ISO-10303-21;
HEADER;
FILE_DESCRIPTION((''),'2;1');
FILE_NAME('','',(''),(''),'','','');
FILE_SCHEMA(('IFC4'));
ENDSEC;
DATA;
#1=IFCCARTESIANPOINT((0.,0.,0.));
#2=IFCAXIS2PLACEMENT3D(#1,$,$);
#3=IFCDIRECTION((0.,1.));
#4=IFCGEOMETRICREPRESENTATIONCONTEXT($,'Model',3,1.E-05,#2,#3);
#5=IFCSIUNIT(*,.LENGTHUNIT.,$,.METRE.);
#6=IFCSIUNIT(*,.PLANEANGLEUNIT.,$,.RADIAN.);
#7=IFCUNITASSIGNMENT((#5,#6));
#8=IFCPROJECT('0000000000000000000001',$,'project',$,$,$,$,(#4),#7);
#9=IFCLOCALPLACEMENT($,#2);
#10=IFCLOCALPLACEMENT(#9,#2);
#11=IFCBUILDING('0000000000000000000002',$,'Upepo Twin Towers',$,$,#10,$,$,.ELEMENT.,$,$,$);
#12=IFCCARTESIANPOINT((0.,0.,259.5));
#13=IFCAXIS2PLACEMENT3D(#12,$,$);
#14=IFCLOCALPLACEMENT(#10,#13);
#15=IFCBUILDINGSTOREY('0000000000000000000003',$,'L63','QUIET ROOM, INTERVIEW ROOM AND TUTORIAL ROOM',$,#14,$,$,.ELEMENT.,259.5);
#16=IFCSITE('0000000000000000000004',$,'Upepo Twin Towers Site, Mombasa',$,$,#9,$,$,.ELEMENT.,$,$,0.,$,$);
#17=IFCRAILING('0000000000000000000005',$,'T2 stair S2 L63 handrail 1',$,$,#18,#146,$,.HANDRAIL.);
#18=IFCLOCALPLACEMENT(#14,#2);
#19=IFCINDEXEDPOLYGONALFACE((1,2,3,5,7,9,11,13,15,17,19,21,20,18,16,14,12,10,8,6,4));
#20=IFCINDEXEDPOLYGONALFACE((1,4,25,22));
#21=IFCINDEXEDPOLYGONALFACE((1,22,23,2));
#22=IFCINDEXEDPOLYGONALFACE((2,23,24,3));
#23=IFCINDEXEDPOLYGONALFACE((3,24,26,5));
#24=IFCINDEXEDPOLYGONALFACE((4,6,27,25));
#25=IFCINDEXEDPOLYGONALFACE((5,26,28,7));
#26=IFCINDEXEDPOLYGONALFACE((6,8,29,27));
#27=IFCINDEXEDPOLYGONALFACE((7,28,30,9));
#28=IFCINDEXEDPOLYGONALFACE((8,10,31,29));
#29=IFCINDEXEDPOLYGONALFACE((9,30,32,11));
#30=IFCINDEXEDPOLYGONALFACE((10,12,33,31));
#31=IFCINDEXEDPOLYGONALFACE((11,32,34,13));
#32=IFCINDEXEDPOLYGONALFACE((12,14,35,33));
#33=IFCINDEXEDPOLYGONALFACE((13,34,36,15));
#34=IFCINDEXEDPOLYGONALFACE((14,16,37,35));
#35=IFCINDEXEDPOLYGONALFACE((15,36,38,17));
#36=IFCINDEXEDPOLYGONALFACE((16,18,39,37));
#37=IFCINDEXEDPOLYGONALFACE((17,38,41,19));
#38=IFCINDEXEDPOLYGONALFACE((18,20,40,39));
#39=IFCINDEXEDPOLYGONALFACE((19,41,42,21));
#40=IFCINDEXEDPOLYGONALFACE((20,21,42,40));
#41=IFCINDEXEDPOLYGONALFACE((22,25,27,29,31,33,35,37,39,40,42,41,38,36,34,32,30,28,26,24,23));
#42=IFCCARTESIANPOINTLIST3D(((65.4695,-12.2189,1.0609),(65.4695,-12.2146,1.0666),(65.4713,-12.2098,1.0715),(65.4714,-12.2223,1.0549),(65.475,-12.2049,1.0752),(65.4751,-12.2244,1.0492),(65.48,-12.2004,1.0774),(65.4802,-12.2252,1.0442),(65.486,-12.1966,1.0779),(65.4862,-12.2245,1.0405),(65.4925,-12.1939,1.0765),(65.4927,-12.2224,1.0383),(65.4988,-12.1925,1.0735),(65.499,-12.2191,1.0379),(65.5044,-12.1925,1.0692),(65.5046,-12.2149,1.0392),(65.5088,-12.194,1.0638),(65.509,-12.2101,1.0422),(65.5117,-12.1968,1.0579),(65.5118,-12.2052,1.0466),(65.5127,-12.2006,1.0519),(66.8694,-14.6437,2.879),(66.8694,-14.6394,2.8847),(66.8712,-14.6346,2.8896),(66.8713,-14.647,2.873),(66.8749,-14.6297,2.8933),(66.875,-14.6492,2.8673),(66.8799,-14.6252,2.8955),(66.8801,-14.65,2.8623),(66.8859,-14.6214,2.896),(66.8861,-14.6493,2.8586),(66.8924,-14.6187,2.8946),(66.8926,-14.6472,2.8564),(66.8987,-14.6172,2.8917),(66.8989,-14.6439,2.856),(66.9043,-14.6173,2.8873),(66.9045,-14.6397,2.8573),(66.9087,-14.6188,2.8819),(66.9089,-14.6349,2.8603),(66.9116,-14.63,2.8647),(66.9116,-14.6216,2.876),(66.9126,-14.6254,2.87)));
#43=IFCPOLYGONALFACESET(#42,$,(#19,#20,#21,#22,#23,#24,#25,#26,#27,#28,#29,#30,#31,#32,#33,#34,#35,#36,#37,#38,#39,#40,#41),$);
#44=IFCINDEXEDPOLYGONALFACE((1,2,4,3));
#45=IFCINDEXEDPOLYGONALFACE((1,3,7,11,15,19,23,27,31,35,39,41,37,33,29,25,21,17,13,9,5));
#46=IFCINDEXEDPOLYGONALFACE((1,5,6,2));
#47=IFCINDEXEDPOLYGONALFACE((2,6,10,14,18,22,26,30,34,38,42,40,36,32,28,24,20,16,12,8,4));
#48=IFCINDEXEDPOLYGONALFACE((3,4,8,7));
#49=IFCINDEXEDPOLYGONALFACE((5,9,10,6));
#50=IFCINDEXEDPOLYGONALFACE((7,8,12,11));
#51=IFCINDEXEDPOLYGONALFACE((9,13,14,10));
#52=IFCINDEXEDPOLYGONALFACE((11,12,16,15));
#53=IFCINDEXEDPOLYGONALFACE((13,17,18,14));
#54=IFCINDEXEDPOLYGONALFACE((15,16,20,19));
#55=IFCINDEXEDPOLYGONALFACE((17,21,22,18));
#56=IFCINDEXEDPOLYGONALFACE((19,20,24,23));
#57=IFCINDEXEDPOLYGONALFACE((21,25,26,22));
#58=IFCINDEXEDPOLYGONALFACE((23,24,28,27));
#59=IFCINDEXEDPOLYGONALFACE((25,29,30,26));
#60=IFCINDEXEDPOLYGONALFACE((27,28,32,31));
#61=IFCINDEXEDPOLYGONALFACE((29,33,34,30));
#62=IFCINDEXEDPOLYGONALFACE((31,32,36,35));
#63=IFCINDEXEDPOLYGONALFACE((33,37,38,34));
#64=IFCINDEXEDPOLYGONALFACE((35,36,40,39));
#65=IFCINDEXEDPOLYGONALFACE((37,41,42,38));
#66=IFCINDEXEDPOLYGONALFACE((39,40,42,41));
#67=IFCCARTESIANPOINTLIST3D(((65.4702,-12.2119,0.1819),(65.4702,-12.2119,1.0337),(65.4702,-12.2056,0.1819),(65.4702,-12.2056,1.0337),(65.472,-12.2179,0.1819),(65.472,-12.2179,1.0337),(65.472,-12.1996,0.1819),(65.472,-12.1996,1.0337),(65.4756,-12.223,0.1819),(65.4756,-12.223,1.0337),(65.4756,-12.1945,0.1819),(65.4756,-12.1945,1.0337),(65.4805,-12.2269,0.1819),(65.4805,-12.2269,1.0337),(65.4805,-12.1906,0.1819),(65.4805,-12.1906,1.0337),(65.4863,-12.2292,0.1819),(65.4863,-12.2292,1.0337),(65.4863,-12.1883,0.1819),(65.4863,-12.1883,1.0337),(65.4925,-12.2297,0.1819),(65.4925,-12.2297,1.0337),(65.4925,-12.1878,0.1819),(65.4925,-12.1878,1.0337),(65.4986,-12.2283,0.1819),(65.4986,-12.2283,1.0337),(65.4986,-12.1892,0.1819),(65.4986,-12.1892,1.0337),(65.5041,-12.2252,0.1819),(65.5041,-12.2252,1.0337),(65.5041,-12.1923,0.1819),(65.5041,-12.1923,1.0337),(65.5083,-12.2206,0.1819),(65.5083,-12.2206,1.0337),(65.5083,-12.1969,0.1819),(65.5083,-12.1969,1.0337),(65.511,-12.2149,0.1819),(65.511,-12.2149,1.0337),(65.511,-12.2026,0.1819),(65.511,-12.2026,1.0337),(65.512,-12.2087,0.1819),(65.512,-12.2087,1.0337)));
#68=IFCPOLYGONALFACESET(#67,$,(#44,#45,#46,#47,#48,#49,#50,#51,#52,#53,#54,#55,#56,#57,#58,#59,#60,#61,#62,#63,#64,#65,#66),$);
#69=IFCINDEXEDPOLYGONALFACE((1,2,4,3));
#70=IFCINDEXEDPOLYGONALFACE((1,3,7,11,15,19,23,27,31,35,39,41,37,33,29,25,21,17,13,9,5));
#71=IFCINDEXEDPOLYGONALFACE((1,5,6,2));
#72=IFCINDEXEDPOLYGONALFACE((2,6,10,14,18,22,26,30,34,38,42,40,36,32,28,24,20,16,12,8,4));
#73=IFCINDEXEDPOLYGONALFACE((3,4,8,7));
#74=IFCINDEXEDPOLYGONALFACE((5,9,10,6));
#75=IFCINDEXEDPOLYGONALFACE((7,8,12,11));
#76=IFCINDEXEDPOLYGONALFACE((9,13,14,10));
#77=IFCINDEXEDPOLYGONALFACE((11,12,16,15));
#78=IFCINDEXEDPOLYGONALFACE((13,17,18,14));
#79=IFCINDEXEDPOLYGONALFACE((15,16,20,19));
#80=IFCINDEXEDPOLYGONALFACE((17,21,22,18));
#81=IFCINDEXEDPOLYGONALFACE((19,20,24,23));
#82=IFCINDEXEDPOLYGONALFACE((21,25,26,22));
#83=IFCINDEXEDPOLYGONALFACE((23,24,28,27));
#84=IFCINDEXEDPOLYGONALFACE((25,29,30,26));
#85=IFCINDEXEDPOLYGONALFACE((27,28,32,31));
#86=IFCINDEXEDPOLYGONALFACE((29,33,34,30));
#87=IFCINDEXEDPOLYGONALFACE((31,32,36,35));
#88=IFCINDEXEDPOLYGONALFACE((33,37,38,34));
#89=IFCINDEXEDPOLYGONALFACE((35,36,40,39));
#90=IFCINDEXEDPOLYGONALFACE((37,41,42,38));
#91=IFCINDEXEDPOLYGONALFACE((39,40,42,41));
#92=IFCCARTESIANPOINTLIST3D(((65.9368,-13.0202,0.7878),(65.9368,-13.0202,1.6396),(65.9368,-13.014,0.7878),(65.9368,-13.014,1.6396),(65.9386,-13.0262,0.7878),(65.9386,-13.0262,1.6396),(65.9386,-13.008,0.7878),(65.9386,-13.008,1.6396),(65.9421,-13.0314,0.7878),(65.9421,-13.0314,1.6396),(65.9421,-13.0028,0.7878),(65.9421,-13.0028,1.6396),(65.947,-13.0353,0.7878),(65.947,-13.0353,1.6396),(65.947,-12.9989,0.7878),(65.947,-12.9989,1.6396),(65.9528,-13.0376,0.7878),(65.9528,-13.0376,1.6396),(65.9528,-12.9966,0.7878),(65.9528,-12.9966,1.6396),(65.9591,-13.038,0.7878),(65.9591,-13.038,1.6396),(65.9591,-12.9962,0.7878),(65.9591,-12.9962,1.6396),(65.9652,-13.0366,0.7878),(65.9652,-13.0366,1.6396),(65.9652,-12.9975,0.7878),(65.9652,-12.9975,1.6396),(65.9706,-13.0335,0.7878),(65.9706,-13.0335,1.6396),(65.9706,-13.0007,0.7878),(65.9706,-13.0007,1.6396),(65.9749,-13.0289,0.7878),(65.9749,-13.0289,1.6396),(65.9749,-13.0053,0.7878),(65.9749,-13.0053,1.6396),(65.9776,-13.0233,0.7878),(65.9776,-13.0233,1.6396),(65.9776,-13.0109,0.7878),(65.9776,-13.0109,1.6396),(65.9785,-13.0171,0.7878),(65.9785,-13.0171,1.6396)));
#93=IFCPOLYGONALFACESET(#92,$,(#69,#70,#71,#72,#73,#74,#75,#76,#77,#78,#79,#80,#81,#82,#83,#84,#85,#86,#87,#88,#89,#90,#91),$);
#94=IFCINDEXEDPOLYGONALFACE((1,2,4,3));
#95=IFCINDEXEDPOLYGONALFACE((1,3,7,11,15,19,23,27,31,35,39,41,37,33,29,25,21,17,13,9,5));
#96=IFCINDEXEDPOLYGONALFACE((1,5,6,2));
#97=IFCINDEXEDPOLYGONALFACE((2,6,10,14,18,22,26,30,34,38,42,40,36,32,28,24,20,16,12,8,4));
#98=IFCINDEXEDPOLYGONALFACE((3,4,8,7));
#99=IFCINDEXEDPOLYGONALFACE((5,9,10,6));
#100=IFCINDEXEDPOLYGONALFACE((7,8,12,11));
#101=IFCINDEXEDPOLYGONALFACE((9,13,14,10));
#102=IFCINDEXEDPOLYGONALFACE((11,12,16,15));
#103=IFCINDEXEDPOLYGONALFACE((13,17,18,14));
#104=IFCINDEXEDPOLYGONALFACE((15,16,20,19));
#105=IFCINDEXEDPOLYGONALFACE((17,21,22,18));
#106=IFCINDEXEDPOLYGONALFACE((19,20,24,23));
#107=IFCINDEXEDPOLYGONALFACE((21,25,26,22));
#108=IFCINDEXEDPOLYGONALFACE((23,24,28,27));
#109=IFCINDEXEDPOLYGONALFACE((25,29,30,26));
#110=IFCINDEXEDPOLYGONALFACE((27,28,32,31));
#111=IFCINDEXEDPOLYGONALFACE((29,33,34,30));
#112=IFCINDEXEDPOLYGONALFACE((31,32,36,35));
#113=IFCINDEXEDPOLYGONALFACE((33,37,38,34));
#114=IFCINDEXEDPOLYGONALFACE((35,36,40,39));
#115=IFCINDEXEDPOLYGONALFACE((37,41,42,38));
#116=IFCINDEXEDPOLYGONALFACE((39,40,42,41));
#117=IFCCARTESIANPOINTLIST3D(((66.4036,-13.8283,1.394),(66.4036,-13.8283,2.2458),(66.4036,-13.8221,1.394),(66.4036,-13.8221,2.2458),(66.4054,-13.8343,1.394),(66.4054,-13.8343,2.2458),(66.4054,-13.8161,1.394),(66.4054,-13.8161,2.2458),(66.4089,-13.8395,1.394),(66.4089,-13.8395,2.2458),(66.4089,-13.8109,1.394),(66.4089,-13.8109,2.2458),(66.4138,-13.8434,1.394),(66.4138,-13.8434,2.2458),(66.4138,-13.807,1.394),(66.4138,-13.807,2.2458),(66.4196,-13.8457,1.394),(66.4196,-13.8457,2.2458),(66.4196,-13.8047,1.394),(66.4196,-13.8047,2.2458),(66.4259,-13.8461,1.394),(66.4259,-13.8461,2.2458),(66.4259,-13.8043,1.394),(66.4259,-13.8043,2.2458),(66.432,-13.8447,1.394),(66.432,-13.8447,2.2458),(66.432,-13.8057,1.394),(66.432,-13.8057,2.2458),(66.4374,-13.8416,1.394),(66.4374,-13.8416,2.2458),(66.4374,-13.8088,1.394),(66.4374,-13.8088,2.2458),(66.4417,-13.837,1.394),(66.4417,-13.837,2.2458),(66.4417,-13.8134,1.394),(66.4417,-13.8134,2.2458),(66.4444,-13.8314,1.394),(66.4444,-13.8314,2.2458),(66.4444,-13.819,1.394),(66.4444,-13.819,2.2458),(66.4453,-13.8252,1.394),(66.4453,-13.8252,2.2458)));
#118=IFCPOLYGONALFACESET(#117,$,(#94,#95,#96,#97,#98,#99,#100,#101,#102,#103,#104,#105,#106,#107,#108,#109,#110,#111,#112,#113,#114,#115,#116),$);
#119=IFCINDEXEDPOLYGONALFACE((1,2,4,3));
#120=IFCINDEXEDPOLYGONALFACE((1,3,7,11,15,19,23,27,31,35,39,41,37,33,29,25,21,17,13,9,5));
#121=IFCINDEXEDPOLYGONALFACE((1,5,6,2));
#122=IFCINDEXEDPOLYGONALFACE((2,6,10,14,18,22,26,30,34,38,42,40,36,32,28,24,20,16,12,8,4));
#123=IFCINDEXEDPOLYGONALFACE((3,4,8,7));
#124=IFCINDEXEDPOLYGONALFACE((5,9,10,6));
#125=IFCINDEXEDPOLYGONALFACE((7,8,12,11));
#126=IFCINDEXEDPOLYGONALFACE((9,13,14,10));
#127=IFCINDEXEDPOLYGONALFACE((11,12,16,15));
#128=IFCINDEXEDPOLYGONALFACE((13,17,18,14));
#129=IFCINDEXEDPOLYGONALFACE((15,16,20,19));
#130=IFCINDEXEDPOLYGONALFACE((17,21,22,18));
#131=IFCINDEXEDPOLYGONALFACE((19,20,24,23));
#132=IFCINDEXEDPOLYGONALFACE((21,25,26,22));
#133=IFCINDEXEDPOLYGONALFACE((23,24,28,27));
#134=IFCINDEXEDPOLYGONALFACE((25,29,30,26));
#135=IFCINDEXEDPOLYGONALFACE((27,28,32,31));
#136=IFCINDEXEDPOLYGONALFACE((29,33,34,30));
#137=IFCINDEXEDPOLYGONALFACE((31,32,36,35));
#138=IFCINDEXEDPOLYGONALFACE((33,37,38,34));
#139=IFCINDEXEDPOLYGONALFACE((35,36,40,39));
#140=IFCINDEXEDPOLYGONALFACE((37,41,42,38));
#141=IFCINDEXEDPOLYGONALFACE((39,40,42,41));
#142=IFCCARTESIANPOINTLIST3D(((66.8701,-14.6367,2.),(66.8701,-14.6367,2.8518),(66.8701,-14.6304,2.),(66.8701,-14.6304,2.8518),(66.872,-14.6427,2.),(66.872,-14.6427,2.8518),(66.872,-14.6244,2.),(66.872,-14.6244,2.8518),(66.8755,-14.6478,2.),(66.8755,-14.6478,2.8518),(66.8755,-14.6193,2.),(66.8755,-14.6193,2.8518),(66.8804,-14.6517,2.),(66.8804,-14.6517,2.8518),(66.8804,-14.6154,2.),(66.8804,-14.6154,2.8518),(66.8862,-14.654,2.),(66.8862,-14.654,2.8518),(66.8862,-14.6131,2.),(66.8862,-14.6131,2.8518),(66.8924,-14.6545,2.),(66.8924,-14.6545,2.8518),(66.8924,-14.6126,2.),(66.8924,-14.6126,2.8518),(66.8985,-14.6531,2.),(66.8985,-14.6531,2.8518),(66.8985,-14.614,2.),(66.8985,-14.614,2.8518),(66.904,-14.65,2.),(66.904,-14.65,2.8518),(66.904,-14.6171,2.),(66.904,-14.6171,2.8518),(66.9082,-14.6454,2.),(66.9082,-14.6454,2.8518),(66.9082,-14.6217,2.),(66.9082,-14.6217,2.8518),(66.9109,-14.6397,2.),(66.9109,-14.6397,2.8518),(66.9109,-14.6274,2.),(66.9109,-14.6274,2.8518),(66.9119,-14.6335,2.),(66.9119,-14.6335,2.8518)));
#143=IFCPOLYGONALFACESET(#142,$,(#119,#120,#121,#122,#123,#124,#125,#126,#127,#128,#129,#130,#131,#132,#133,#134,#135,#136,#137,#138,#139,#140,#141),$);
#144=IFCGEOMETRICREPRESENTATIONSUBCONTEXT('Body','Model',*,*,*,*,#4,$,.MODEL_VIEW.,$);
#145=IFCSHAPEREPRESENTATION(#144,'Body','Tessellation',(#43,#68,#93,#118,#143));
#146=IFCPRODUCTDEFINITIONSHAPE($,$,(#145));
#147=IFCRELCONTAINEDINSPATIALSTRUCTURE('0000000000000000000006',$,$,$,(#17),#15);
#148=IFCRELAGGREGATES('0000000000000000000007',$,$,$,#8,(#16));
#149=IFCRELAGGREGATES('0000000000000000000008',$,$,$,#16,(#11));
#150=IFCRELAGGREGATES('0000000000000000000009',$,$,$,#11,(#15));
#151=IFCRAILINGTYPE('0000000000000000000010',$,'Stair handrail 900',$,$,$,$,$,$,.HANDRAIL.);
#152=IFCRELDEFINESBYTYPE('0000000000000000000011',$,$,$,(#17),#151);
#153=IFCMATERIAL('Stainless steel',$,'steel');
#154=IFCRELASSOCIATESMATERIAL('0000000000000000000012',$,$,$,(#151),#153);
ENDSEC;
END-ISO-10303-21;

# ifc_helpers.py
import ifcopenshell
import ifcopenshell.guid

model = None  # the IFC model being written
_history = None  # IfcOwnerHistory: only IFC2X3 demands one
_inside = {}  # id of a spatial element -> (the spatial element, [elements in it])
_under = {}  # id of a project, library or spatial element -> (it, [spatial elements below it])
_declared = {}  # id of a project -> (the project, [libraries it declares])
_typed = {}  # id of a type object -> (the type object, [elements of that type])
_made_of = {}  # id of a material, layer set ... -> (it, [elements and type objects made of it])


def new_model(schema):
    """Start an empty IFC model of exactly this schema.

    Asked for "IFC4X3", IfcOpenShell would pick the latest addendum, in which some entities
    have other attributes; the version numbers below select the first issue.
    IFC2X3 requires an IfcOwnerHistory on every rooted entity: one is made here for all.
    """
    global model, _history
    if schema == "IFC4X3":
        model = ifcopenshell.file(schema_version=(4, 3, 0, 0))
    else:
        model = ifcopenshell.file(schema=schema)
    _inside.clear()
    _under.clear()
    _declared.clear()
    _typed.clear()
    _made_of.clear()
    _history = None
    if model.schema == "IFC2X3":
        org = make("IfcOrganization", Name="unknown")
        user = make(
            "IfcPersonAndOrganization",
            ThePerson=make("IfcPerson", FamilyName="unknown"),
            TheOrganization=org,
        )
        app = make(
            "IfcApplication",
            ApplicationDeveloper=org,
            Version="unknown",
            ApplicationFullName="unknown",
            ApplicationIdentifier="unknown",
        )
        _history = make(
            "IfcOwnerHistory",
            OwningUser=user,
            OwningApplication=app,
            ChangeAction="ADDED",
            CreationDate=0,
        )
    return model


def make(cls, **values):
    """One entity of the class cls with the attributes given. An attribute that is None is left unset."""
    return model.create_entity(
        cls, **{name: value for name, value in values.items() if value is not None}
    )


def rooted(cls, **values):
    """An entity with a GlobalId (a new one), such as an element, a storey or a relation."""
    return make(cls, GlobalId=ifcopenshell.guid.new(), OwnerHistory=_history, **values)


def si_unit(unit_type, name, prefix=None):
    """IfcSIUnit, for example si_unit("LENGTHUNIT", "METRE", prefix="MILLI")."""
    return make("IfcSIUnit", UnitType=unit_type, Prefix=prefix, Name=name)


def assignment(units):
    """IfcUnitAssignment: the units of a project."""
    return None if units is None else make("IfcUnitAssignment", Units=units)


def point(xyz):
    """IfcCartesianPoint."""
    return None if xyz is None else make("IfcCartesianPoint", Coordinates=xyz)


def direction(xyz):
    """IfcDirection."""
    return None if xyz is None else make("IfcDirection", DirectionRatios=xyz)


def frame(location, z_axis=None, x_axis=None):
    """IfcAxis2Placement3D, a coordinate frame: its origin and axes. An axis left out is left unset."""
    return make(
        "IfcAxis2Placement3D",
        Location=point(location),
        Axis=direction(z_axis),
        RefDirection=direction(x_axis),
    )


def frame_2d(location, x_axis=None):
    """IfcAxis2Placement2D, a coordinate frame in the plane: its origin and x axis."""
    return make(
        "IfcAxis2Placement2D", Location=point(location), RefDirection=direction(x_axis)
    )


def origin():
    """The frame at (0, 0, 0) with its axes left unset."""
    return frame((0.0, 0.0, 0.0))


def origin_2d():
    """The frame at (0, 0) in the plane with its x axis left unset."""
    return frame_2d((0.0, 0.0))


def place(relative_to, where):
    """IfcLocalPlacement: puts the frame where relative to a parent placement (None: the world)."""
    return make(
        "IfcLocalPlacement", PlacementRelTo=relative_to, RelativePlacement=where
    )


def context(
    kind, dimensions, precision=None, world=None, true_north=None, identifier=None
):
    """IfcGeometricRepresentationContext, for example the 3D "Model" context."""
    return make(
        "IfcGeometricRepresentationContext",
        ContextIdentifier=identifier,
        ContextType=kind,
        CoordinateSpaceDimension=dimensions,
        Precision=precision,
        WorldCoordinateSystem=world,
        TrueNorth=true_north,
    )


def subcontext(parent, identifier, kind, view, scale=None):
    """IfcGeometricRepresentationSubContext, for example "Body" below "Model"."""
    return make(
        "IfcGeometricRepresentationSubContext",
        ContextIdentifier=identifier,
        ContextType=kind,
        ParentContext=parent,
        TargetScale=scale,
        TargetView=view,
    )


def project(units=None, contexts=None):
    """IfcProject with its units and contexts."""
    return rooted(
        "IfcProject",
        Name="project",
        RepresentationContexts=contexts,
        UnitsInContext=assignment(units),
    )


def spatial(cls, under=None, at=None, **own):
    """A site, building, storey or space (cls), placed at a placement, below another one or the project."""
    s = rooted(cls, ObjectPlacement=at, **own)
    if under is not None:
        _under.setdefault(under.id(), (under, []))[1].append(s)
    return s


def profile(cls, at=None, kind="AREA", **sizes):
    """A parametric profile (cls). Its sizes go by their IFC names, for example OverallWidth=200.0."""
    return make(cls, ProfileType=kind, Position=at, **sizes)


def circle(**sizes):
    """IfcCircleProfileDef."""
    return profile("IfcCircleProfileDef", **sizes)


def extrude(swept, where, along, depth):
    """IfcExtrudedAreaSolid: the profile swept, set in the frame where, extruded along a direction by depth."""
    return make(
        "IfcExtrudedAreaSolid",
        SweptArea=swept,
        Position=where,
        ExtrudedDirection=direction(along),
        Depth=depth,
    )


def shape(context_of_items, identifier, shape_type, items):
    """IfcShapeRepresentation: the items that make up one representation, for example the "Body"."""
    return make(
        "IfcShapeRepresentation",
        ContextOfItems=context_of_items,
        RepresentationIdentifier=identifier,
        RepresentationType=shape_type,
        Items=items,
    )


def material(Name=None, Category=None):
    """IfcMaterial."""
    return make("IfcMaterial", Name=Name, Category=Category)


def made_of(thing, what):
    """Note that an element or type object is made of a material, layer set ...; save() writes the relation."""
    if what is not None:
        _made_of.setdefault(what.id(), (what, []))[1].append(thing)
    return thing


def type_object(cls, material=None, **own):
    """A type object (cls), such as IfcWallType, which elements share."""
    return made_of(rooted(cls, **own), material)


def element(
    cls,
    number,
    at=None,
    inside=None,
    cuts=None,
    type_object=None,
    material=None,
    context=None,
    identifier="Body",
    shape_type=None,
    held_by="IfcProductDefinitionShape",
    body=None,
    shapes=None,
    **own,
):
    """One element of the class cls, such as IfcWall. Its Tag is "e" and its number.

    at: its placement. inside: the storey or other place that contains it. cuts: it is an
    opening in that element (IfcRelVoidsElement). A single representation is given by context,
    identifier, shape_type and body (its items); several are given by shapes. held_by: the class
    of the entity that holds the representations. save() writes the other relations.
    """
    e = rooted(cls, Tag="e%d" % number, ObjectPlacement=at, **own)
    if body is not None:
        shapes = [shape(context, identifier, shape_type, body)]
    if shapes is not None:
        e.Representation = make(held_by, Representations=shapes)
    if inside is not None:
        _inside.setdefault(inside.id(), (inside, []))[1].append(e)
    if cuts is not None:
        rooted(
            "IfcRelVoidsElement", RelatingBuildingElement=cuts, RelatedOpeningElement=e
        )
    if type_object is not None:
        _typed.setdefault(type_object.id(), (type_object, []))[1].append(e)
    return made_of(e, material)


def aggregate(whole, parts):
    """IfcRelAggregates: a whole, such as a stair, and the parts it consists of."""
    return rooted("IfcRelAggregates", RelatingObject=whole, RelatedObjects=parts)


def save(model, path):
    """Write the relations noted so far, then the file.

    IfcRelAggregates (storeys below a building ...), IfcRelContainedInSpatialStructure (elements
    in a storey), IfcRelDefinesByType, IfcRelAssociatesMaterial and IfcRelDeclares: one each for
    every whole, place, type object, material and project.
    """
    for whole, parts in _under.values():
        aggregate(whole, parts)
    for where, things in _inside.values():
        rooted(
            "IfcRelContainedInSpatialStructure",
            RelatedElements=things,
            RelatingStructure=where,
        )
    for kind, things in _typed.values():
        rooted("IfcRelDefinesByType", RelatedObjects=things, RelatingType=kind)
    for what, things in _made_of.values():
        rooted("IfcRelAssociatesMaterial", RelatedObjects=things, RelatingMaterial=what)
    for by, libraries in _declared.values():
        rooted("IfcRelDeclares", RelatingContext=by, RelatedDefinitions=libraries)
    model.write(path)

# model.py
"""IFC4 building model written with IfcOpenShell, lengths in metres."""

from ifc_helpers import new_model, si_unit, direction, frame, origin, origin_2d, place, context, subcontext, project, spatial, circle, extrude, material, type_object, element, save


model = new_model("IFC4")

# Units and contexts
model_context = context("Model", 3, precision=1e-05, world=origin(), true_north=direction((0.0, 1.0)))
body_context = subcontext(model_context, "Body", "Model", "MODEL_VIEW")
ifc_project = project(units=[si_unit("LENGTHUNIT", "METRE"), si_unit("PLANEANGLEUNIT", "RADIAN")], contexts=[model_context])

# Site, building, storey
site_placement = place(None, origin())
site = spatial("IfcSite", under=ifc_project, at=site_placement, Name="Upepo Twin Towers Site, Mombasa", CompositionType="ELEMENT", RefElevation=0.0)
building_placement = place(site_placement, origin())
building = spatial("IfcBuilding", under=site, at=building_placement, Name="Upepo Twin Towers", CompositionType="ELEMENT")
storey_placement = place(building_placement, frame((0.0, 0.0, 259.5)))
storey = spatial("IfcBuildingStorey", under=building, at=storey_placement, Name="L63", Description="QUIET ROOM, INTERVIEW ROOM AND TUTORIAL ROOM", CompositionType="ELEMENT", Elevation=259.5)

# Railing
ifc_material_1 = material(Name="Stainless steel", Category="steel")
railing_type = type_object("IfcRailingType", Name="Stair handrail 900", PredefinedType="HANDRAIL", material=ifc_material_1)
railing_1_placement = place(storey_placement, frame((65.491, -12.2087, 0.1819)))
element("IfcRailing", 1, at=railing_1_placement, inside=storey, type_object=railing_type, Name="T2 stair S2 L63 handrail 1", PredefinedType="HANDRAIL", context=body_context, shape_type="SweptSolid", body=[
    extrude(circle(Radius=0.0239, at=origin_2d()), frame((0.0, 0.0, 0.876), z_axis=(0.419333, -0.726336, 0.544606), x_axis=(0.866035, 0.499984, 0.0)), (0.0, 0.0, 1.0), 3.3384),
    extrude(circle(Radius=0.021, at=origin_2d()), origin(), (0.0, 0.0, 1.0), 0.8518),
    extrude(circle(Radius=0.021, at=origin_2d()), frame((0.4666, -0.8083, 0.606)), (0.0, 0.0, 1.0), 0.8518),
    extrude(circle(Radius=0.021, at=origin_2d()), frame((0.9333, -1.6165, 1.2122)), (0.0, 0.0, 1.0), 0.8518),
    extrude(circle(Radius=0.021, at=origin_2d()), frame((1.3999, -2.4248, 1.8181)), (0.0, 0.0, 1.0), 0.8518),
])

save(model, "model.ifc")
